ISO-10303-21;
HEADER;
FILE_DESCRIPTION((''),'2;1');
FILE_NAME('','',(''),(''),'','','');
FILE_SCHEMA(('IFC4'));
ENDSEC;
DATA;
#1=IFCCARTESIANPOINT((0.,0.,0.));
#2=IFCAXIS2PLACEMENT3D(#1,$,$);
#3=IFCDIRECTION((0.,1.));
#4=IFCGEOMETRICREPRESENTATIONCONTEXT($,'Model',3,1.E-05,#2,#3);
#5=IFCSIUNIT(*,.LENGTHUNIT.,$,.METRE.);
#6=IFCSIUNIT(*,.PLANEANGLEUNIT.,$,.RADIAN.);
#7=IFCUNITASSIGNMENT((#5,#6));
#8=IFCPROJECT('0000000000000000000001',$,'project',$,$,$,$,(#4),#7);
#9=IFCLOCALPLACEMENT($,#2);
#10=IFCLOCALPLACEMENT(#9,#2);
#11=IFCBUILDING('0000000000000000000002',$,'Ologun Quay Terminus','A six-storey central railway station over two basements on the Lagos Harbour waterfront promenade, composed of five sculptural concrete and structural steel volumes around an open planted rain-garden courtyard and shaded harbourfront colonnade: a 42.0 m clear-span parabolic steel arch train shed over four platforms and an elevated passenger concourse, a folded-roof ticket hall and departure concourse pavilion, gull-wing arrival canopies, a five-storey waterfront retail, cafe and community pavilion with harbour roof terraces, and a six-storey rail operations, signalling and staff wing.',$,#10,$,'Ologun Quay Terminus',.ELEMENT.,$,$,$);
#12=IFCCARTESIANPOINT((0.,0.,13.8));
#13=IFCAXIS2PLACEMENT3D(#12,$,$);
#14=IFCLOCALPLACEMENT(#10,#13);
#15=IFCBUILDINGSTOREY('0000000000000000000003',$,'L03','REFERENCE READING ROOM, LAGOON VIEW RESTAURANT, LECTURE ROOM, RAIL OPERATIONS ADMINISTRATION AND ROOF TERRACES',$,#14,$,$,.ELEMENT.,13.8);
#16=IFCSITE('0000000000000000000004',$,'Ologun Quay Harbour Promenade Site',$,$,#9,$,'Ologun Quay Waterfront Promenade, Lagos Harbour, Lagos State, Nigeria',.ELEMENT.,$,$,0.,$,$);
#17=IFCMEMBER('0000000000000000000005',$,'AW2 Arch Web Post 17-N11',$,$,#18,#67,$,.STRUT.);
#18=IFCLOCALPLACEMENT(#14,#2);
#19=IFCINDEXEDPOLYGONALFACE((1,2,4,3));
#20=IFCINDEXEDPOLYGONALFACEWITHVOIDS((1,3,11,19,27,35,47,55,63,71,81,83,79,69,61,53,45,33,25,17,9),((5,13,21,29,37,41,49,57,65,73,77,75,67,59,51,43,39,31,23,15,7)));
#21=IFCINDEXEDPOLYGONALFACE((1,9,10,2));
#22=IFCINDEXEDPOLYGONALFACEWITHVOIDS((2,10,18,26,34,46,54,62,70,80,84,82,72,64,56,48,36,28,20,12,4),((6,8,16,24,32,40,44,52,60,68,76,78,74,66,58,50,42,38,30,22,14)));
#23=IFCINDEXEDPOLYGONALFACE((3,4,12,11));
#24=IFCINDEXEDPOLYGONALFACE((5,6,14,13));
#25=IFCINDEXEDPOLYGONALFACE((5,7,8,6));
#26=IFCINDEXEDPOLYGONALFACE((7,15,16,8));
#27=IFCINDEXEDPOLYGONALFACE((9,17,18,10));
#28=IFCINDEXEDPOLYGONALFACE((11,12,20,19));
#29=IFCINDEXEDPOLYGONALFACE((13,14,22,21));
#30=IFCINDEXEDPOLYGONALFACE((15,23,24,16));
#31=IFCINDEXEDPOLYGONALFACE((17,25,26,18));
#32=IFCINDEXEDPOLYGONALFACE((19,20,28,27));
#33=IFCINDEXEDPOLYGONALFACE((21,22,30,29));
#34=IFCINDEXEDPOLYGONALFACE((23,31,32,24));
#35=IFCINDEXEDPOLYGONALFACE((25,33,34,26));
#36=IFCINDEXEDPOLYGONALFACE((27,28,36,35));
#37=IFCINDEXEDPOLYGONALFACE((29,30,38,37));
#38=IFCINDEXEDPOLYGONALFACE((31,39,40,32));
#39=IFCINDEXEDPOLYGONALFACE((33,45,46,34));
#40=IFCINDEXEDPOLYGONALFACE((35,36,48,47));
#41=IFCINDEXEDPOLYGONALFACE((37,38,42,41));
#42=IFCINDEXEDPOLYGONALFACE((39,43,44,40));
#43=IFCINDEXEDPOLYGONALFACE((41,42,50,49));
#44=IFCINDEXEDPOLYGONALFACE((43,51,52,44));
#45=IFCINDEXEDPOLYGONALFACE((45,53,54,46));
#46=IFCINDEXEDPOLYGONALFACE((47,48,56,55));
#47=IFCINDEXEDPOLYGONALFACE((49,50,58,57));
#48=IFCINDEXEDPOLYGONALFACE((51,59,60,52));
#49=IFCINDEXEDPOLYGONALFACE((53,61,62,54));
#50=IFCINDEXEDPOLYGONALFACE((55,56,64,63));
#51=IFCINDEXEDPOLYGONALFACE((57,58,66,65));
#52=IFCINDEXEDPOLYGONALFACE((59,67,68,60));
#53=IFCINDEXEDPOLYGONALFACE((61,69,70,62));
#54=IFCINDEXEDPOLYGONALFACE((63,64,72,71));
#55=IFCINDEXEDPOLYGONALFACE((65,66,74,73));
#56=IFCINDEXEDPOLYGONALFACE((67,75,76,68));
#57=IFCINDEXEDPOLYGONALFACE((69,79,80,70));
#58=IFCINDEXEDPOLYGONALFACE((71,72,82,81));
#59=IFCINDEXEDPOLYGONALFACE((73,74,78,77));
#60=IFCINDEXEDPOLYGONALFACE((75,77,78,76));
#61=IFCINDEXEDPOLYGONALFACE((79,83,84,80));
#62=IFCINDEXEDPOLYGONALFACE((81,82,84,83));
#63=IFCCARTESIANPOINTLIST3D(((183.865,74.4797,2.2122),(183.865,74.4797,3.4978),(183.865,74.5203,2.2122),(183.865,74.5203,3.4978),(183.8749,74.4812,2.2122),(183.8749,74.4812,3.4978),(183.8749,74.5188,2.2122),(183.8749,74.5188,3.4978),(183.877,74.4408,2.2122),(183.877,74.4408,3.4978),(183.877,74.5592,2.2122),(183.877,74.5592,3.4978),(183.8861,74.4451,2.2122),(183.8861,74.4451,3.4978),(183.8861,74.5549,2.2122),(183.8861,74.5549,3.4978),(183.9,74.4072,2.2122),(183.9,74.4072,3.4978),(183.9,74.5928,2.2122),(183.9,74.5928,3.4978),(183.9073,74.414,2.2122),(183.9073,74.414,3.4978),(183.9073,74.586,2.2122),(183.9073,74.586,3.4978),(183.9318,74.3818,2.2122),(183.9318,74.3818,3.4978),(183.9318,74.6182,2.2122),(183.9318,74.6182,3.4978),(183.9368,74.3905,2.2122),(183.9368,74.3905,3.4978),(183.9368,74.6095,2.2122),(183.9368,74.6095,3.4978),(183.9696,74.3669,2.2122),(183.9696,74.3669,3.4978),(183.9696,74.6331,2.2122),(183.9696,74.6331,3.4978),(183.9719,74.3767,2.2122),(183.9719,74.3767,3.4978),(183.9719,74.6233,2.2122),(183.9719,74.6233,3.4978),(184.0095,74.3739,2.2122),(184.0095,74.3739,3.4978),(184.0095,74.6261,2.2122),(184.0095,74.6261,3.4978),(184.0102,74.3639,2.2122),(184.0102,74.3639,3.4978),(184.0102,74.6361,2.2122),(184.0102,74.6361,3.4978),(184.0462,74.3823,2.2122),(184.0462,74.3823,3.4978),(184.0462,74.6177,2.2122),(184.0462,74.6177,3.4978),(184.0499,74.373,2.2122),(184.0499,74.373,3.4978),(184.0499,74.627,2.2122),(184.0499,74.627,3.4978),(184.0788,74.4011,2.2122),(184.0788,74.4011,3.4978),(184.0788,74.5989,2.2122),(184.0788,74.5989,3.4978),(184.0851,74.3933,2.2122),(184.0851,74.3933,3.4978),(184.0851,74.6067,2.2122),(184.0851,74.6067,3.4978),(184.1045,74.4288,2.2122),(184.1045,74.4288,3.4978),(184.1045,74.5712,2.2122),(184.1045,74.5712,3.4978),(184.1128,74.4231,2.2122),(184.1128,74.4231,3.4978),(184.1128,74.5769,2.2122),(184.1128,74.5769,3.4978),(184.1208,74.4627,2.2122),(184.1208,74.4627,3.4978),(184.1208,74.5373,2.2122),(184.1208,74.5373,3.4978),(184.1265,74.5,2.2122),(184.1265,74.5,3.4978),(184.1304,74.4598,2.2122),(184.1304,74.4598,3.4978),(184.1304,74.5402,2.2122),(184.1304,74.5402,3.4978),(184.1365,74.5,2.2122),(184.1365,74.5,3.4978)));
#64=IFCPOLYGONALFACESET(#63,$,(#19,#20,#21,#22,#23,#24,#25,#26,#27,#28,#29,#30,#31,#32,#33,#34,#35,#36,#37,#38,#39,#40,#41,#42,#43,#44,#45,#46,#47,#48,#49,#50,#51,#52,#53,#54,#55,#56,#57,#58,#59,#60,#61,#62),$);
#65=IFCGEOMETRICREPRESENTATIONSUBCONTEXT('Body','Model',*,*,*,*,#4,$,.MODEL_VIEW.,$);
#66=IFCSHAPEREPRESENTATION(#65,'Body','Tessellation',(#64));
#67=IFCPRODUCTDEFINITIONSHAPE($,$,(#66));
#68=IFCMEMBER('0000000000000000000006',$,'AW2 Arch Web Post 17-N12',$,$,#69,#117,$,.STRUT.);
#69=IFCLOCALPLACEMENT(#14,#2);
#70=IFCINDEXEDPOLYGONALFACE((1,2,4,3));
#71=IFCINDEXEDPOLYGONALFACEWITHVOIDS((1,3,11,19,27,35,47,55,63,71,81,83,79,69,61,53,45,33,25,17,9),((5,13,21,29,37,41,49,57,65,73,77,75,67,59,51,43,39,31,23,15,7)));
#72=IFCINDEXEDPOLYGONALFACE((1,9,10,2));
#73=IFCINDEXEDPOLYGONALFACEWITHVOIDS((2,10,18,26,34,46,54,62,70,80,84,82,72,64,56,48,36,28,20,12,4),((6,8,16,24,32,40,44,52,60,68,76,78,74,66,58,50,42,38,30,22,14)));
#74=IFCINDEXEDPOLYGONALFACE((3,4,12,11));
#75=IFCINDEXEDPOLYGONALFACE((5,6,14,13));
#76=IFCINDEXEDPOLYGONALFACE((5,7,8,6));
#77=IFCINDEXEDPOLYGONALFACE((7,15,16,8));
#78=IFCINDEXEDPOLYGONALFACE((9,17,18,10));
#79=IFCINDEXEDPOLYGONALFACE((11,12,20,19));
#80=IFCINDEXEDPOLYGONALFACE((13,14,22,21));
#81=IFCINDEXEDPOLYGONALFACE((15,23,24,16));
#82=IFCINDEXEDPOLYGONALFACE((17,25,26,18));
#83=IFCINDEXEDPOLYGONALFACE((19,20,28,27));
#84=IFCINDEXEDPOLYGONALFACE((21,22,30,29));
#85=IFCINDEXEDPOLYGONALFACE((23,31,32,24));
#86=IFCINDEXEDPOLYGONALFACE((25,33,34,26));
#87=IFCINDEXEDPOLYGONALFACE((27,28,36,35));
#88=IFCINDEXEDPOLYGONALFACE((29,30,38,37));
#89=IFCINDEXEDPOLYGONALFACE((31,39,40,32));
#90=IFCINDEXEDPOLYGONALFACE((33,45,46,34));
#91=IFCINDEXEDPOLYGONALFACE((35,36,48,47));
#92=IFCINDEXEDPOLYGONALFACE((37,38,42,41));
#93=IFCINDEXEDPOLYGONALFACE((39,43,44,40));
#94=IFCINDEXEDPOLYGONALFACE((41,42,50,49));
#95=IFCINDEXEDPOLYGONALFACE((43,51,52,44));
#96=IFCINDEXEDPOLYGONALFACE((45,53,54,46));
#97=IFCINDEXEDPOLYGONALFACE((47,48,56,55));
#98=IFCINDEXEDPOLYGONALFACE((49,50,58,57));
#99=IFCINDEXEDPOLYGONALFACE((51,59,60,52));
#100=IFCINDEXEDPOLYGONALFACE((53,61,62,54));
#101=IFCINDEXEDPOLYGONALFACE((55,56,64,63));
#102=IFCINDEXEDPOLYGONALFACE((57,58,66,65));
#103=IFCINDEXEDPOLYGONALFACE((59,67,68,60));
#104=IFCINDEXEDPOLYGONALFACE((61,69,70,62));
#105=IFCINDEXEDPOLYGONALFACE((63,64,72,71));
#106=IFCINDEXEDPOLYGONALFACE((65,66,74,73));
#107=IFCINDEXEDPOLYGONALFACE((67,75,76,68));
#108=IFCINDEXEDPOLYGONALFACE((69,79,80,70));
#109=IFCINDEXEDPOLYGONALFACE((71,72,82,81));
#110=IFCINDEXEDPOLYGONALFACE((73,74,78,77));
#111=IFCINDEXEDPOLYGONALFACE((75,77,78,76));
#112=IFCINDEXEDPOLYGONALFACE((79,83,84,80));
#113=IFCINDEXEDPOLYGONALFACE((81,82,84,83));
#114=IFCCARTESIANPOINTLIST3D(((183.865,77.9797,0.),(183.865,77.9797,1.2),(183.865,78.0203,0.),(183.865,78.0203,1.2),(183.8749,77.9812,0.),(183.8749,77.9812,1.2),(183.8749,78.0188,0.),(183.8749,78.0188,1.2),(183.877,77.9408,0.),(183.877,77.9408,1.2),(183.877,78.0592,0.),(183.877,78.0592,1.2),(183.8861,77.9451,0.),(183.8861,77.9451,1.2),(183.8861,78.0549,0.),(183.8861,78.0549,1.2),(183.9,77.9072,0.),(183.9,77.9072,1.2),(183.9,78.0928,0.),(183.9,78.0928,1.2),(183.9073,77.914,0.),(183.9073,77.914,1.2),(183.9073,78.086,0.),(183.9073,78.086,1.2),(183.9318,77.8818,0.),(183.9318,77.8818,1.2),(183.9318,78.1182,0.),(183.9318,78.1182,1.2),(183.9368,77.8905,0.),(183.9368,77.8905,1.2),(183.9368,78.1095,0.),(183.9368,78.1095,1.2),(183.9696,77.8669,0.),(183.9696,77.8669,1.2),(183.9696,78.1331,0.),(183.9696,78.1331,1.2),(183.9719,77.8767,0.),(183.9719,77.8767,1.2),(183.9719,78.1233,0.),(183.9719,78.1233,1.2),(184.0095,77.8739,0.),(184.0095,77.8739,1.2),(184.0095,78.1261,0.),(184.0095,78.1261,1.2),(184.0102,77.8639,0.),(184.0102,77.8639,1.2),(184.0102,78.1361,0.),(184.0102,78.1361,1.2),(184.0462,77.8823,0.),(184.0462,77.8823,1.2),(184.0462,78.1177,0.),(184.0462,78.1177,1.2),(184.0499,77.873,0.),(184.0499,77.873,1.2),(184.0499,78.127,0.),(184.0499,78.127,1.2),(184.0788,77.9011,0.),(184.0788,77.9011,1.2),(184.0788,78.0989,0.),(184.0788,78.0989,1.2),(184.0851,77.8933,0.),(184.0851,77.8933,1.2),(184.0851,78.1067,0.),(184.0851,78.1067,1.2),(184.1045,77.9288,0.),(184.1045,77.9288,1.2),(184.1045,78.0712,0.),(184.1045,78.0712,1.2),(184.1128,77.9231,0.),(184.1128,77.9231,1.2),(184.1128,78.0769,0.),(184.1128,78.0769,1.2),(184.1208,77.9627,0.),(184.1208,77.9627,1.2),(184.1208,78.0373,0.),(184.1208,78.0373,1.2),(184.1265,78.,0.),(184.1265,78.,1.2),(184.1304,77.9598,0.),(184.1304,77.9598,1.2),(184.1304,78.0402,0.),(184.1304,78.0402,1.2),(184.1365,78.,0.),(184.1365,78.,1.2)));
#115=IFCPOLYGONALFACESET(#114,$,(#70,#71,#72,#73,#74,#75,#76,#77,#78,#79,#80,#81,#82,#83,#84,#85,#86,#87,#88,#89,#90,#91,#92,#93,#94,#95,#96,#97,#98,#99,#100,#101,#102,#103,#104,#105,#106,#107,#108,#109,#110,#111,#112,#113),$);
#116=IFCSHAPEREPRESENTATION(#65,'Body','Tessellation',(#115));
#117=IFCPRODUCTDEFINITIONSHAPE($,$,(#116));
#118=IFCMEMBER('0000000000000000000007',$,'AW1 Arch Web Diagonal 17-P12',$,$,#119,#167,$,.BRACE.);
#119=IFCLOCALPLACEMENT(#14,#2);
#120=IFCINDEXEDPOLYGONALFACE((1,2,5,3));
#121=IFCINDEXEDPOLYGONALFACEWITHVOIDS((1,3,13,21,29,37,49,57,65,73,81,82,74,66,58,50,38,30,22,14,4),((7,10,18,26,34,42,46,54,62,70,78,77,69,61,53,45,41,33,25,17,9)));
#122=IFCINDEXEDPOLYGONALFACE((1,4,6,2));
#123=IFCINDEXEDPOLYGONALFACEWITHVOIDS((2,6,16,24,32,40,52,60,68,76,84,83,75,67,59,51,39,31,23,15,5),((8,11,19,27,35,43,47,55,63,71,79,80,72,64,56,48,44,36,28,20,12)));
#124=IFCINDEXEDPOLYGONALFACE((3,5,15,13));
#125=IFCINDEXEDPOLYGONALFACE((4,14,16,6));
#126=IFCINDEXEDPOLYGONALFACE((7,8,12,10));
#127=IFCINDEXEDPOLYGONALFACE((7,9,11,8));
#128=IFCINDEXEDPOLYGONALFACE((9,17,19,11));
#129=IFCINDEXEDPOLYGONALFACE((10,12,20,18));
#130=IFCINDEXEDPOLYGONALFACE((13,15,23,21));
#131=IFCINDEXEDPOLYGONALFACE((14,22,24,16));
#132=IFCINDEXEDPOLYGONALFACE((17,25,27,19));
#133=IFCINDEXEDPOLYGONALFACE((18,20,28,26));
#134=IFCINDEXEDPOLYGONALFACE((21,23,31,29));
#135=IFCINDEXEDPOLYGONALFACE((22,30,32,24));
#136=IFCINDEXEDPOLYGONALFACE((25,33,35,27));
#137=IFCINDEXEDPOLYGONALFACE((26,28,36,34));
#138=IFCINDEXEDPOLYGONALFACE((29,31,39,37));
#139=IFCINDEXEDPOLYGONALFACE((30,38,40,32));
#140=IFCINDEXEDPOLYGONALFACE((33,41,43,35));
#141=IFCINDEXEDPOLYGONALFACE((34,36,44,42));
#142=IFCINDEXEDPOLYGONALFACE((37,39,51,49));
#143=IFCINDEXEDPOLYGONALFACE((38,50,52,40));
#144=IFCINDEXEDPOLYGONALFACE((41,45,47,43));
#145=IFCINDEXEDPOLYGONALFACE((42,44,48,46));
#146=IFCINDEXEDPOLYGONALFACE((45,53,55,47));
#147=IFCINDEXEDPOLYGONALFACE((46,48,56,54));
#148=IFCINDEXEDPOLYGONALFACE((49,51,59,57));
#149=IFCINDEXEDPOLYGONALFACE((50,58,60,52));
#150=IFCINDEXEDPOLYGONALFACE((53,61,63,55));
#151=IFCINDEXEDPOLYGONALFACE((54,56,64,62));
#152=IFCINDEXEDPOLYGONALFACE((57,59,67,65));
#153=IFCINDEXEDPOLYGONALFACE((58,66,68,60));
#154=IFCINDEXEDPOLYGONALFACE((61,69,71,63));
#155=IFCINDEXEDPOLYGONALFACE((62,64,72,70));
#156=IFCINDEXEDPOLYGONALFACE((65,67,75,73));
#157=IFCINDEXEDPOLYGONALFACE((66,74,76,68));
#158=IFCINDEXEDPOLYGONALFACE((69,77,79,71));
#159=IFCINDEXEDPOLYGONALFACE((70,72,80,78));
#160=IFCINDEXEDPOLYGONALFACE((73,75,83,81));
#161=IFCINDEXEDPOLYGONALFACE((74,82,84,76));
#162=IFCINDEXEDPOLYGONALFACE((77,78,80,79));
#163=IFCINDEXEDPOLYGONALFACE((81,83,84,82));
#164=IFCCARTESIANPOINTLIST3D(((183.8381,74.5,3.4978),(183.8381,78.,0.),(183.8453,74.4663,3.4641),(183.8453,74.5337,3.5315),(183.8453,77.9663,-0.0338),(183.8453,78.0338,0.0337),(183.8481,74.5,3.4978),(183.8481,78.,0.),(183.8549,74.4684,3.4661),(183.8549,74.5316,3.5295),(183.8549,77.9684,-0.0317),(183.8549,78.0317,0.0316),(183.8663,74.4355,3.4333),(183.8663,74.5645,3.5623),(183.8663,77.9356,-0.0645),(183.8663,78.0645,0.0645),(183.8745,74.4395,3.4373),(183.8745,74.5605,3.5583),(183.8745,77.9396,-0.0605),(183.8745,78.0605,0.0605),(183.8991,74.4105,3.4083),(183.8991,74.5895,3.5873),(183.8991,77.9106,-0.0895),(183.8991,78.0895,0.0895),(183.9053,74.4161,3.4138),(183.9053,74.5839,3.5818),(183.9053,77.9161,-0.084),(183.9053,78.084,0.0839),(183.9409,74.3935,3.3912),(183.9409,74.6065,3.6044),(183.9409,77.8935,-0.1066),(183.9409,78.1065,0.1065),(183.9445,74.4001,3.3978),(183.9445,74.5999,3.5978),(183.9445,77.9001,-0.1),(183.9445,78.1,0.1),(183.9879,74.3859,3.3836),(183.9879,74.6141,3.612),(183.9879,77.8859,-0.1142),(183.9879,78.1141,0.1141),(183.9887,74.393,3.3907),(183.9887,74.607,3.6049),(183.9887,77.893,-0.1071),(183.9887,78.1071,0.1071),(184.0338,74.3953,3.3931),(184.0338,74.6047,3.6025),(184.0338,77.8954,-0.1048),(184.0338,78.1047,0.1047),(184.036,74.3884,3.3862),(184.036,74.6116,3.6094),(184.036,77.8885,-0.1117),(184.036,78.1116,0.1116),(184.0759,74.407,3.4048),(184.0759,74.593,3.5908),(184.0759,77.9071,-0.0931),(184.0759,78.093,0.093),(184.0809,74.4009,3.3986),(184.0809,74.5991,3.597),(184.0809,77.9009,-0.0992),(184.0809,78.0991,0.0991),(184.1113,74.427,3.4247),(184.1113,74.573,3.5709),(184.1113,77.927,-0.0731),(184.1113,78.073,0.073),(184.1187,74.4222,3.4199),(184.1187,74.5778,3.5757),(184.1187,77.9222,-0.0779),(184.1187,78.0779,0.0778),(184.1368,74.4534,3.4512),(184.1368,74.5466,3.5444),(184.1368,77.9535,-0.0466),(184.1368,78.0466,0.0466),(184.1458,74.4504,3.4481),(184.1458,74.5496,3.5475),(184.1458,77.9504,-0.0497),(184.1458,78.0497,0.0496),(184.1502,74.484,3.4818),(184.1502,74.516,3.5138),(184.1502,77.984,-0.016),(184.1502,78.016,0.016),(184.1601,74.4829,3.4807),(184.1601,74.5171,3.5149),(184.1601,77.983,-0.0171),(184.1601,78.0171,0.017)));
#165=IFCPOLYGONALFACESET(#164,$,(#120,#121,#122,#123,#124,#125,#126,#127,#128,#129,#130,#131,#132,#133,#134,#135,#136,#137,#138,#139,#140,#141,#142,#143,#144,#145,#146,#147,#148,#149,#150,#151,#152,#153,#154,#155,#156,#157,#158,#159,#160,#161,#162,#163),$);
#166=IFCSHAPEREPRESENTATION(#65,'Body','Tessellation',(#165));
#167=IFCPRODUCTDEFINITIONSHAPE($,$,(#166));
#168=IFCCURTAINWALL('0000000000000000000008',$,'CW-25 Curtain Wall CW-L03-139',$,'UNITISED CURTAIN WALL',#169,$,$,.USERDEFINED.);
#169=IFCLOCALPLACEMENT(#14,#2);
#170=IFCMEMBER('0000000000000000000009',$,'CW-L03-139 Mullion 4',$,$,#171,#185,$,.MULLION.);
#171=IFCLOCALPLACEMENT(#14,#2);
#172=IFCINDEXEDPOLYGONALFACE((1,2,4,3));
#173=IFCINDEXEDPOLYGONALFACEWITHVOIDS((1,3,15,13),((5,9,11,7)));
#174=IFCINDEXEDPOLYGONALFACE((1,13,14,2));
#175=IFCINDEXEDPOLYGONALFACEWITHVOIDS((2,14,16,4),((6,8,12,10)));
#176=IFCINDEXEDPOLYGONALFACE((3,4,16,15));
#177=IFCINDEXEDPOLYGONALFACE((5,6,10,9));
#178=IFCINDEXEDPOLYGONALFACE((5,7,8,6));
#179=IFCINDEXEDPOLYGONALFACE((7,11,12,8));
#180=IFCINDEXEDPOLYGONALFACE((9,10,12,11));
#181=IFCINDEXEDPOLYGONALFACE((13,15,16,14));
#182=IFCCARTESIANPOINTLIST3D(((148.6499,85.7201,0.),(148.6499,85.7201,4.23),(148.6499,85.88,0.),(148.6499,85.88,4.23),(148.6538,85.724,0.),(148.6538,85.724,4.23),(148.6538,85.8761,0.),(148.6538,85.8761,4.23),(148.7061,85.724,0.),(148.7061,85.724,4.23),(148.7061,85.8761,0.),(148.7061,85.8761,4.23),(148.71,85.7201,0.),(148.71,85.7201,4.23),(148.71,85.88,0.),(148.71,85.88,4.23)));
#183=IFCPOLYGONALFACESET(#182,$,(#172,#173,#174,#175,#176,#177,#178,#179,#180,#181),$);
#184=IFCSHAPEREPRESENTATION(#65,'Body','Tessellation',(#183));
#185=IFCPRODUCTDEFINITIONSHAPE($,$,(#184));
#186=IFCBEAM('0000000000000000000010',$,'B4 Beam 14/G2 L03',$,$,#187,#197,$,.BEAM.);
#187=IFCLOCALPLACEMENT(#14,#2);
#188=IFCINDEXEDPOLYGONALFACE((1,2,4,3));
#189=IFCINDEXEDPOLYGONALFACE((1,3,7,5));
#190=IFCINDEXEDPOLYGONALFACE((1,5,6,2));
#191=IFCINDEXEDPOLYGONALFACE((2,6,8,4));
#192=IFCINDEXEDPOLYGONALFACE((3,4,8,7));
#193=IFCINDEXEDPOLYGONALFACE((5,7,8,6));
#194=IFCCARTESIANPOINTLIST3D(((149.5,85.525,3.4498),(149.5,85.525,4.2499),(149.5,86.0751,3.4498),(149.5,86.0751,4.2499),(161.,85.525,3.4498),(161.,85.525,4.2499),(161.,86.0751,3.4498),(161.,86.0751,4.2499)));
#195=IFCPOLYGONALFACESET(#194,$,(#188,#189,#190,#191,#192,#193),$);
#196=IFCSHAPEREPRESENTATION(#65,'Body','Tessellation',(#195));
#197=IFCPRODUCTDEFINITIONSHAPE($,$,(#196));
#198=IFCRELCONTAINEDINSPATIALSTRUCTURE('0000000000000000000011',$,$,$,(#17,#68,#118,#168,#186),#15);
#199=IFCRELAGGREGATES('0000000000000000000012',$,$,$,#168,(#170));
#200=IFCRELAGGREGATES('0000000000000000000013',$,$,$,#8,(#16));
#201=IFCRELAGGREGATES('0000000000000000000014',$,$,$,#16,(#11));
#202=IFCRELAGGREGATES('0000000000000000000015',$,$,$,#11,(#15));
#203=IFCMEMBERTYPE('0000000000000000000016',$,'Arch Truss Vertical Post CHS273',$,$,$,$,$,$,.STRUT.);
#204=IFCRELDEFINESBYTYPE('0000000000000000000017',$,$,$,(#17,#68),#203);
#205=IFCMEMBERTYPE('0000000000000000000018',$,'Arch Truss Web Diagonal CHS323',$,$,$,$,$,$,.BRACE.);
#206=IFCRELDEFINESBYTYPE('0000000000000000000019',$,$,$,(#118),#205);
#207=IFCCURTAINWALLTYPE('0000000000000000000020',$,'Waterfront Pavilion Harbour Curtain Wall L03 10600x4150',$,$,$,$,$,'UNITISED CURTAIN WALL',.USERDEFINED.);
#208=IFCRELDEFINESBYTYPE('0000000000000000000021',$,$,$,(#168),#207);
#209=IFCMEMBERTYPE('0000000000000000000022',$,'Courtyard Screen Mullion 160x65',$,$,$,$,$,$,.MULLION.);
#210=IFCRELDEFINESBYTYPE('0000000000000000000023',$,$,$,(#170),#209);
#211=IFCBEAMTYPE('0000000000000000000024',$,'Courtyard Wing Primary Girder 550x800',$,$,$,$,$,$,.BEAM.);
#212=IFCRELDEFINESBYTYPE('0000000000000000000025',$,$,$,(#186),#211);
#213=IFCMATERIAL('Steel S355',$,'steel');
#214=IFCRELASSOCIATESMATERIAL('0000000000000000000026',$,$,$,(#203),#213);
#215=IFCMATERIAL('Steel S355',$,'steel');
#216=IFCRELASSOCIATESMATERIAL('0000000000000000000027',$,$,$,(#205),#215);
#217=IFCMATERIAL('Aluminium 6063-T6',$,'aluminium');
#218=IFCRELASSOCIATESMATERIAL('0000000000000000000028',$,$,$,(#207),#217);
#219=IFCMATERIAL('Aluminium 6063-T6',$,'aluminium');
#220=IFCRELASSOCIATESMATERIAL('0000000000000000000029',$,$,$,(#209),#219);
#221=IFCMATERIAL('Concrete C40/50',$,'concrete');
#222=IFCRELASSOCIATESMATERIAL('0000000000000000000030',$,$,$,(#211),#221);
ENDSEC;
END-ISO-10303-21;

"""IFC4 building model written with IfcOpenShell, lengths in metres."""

from ifc_helpers import new_model, si_unit, direction, frame, origin, origin_2d, place, context, subcontext, project, spatial, rectangle, hollow_rectangle, hollow_circle, extrude, material, material_profile, profile_set, type_object, element, aggregate, save


model = new_model("IFC4")

# Units and contexts
model_context = context("Model", 3, precision=1e-05, world=origin(), true_north=direction((0.0, 1.0)))
body_context = subcontext(model_context, "Body", "Model", "MODEL_VIEW")
ifc_project = project(units=[si_unit("LENGTHUNIT", "METRE"), si_unit("PLANEANGLEUNIT", "RADIAN")], contexts=[model_context])

# Site, building, storey
site_placement = place(None, origin())
site = spatial("IfcSite", under=ifc_project, at=site_placement, Name="Ologun Quay Harbour Promenade Site", LongName="Ologun Quay Waterfront Promenade, Lagos Harbour, Lagos State, Nigeria", CompositionType="ELEMENT", RefElevation=0.0)
building_placement = place(site_placement, origin())
building = spatial("IfcBuilding", under=site, at=building_placement, Name="Ologun Quay Terminus", Description="A six-storey central railway station over two basements on the Lagos Harbour waterfront promenade, composed of five sculptural concrete and structural steel volumes around an open planted rain-garden courtyard and shaded harbourfront colonnade: a 42.0 m clear-span parabolic steel arch train shed over four platforms and an elevated passenger concourse, a folded-roof ticket hall and departure concourse pavilion, gull-wing arrival canopies, a five-storey waterfront retail, cafe and community pavilion with harbour roof terraces, and a six-storey rail operations, signalling and staff wing.", LongName="Ologun Quay Terminus", CompositionType="ELEMENT")
storey_placement = place(building_placement, frame((0.0, 0.0, 13.8)))
storey = spatial("IfcBuildingStorey", under=building, at=storey_placement, Name="L03", Description="REFERENCE READING ROOM, LAGOON VIEW RESTAURANT, LECTURE ROOM, RAIL OPERATIONS ADMINISTRATION AND ROOF TERRACES", CompositionType="ELEMENT", Elevation=13.8)

# Members
ifc_material_1 = material(Name="Steel S355", Category="steel")
ifc_material_profile_1 = material_profile(ifc_material_1, hollow_circle(Radius=0.1365, WallThickness=0.01, at=origin_2d()), Name="CHS 273x10")
ifc_profile_set_1 = profile_set([ifc_material_profile_1], Name="Steel S355")
member_type_1 = type_object("IfcMemberType", Name="Arch Truss Vertical Post CHS273", PredefinedType="STRUT", material=ifc_profile_set_1)
member_1_placement = place(storey_placement, frame((184.0, 74.5, 2.2122), z_axis=(0.0, 0.0, 1.0), x_axis=(1.0, 0.0, 0.0)))
element("IfcMember", 1, at=member_1_placement, inside=storey, type_object=member_type_1, Name="AW2 Arch Web Post 17-N11", PredefinedType="STRUT", context=body_context, shape_type="SweptSolid", body=[
    extrude(hollow_circle(Radius=0.1365, WallThickness=0.01, at=origin_2d()), origin(), (0.0, 0.0, 1.0), 1.2856),
])
member_2_placement = place(storey_placement, frame((184.0, 78.0, 0.0), z_axis=(0.0, 0.0, 1.0), x_axis=(1.0, 0.0, 0.0)))
element("IfcMember", 2, at=member_2_placement, inside=storey, type_object=member_type_1, Name="AW2 Arch Web Post 17-N12", PredefinedType="STRUT", context=body_context, shape_type="SweptSolid", body=[
    extrude(hollow_circle(Radius=0.1365, WallThickness=0.01, at=origin_2d()), origin(), (0.0, 0.0, 1.0), 1.2),
])
ifc_material_2 = material(Name="Steel S355", Category="steel")
ifc_material_profile_2 = material_profile(ifc_material_2, hollow_circle(Radius=0.1619, WallThickness=0.01, at=origin_2d()), Name="CHS 323.9x10")
ifc_profile_set_2 = profile_set([ifc_material_profile_2], Name="Steel S355")
member_type_2 = type_object("IfcMemberType", Name="Arch Truss Web Diagonal CHS323", PredefinedType="BRACE", material=ifc_profile_set_2)
member_3_placement = place(storey_placement, frame((184.0, 74.5, 3.4978), z_axis=(0.0, 0.707329, -0.706885), x_axis=(-1.0, 0.0, 0.0)))
element("IfcMember", 3, at=member_3_placement, inside=storey, type_object=member_type_2, Name="AW1 Arch Web Diagonal 17-P12", PredefinedType="BRACE", context=body_context, shape_type="SweptSolid", body=[
    extrude(hollow_circle(Radius=0.1619, WallThickness=0.01, at=origin_2d()), origin(), (0.0, 0.0, 1.0), 4.9482),
])

# Curtain wall, member
ifc_material_3 = material(Name="Aluminium 6063-T6", Category="aluminium")
curtain_wall_type = type_object("IfcCurtainWallType", Name="Waterfront Pavilion Harbour Curtain Wall L03 10600x4150", ElementType="UNITISED CURTAIN WALL", PredefinedType="USERDEFINED", material=ifc_material_3)
curtain_wall_placement = place(storey_placement, origin())
curtain_wall = element("IfcCurtainWall", 4, at=curtain_wall_placement, inside=storey, type_object=curtain_wall_type, Name="CW-25 Curtain Wall CW-L03-139", ObjectType="UNITISED CURTAIN WALL", PredefinedType="USERDEFINED")
ifc_material_4 = material(Name="Aluminium 6063-T6", Category="aluminium")
ifc_material_profile_3 = material_profile(ifc_material_4, hollow_rectangle(XDim=0.0601, YDim=0.1599, WallThickness=0.0039, at=origin_2d()), Name="ALU 160x60x4")
ifc_profile_set_3 = profile_set([ifc_material_profile_3], Name="Aluminium 6063-T6")
member_type_3 = type_object("IfcMemberType", Name="Courtyard Screen Mullion 160x65", PredefinedType="MULLION", material=ifc_profile_set_3)
member_4_placement = place(storey_placement, frame((148.6799, 85.8, 0.0), z_axis=(0.0, 0.0, 1.0), x_axis=(1.0, 0.0, 0.0)))
member_4 = element("IfcMember", 5, at=member_4_placement, type_object=member_type_3, Name="CW-L03-139 Mullion 4", PredefinedType="MULLION", context=body_context, shape_type="SweptSolid", body=[
    extrude(hollow_rectangle(XDim=0.0601, YDim=0.1599, WallThickness=0.0039, at=origin_2d()), origin(), (0.0, 0.0, 1.0), 4.23),
])

# Beam
ifc_material_5 = material(Name="Concrete C40/50", Category="concrete")
ifc_material_profile_4 = material_profile(ifc_material_5, rectangle(XDim=0.55, YDim=0.8, at=origin_2d()), Name="RC 550x800")
ifc_profile_set_4 = profile_set([ifc_material_profile_4], Name="Concrete C40/50")
beam_type = type_object("IfcBeamType", Name="Courtyard Wing Primary Girder 550x800", PredefinedType="BEAM", material=ifc_profile_set_4)
beam_1_placement = place(storey_placement, frame((149.5, 85.8, 3.8499), z_axis=(1.0, 0.0, 0.0), x_axis=(0.0, 1.0, 0.0)))
element("IfcBeam", 6, at=beam_1_placement, inside=storey, type_object=beam_type, Name="B4 Beam 14/G2 L03", PredefinedType="BEAM", context=body_context, shape_type="SweptSolid", body=[
    extrude(rectangle(XDim=0.55, YDim=0.8, at=origin_2d()), origin(), (0.0, 0.0, 1.0), 11.5),
])

aggregate(curtain_wall, [member_4])

save(model, "model.ifc")
